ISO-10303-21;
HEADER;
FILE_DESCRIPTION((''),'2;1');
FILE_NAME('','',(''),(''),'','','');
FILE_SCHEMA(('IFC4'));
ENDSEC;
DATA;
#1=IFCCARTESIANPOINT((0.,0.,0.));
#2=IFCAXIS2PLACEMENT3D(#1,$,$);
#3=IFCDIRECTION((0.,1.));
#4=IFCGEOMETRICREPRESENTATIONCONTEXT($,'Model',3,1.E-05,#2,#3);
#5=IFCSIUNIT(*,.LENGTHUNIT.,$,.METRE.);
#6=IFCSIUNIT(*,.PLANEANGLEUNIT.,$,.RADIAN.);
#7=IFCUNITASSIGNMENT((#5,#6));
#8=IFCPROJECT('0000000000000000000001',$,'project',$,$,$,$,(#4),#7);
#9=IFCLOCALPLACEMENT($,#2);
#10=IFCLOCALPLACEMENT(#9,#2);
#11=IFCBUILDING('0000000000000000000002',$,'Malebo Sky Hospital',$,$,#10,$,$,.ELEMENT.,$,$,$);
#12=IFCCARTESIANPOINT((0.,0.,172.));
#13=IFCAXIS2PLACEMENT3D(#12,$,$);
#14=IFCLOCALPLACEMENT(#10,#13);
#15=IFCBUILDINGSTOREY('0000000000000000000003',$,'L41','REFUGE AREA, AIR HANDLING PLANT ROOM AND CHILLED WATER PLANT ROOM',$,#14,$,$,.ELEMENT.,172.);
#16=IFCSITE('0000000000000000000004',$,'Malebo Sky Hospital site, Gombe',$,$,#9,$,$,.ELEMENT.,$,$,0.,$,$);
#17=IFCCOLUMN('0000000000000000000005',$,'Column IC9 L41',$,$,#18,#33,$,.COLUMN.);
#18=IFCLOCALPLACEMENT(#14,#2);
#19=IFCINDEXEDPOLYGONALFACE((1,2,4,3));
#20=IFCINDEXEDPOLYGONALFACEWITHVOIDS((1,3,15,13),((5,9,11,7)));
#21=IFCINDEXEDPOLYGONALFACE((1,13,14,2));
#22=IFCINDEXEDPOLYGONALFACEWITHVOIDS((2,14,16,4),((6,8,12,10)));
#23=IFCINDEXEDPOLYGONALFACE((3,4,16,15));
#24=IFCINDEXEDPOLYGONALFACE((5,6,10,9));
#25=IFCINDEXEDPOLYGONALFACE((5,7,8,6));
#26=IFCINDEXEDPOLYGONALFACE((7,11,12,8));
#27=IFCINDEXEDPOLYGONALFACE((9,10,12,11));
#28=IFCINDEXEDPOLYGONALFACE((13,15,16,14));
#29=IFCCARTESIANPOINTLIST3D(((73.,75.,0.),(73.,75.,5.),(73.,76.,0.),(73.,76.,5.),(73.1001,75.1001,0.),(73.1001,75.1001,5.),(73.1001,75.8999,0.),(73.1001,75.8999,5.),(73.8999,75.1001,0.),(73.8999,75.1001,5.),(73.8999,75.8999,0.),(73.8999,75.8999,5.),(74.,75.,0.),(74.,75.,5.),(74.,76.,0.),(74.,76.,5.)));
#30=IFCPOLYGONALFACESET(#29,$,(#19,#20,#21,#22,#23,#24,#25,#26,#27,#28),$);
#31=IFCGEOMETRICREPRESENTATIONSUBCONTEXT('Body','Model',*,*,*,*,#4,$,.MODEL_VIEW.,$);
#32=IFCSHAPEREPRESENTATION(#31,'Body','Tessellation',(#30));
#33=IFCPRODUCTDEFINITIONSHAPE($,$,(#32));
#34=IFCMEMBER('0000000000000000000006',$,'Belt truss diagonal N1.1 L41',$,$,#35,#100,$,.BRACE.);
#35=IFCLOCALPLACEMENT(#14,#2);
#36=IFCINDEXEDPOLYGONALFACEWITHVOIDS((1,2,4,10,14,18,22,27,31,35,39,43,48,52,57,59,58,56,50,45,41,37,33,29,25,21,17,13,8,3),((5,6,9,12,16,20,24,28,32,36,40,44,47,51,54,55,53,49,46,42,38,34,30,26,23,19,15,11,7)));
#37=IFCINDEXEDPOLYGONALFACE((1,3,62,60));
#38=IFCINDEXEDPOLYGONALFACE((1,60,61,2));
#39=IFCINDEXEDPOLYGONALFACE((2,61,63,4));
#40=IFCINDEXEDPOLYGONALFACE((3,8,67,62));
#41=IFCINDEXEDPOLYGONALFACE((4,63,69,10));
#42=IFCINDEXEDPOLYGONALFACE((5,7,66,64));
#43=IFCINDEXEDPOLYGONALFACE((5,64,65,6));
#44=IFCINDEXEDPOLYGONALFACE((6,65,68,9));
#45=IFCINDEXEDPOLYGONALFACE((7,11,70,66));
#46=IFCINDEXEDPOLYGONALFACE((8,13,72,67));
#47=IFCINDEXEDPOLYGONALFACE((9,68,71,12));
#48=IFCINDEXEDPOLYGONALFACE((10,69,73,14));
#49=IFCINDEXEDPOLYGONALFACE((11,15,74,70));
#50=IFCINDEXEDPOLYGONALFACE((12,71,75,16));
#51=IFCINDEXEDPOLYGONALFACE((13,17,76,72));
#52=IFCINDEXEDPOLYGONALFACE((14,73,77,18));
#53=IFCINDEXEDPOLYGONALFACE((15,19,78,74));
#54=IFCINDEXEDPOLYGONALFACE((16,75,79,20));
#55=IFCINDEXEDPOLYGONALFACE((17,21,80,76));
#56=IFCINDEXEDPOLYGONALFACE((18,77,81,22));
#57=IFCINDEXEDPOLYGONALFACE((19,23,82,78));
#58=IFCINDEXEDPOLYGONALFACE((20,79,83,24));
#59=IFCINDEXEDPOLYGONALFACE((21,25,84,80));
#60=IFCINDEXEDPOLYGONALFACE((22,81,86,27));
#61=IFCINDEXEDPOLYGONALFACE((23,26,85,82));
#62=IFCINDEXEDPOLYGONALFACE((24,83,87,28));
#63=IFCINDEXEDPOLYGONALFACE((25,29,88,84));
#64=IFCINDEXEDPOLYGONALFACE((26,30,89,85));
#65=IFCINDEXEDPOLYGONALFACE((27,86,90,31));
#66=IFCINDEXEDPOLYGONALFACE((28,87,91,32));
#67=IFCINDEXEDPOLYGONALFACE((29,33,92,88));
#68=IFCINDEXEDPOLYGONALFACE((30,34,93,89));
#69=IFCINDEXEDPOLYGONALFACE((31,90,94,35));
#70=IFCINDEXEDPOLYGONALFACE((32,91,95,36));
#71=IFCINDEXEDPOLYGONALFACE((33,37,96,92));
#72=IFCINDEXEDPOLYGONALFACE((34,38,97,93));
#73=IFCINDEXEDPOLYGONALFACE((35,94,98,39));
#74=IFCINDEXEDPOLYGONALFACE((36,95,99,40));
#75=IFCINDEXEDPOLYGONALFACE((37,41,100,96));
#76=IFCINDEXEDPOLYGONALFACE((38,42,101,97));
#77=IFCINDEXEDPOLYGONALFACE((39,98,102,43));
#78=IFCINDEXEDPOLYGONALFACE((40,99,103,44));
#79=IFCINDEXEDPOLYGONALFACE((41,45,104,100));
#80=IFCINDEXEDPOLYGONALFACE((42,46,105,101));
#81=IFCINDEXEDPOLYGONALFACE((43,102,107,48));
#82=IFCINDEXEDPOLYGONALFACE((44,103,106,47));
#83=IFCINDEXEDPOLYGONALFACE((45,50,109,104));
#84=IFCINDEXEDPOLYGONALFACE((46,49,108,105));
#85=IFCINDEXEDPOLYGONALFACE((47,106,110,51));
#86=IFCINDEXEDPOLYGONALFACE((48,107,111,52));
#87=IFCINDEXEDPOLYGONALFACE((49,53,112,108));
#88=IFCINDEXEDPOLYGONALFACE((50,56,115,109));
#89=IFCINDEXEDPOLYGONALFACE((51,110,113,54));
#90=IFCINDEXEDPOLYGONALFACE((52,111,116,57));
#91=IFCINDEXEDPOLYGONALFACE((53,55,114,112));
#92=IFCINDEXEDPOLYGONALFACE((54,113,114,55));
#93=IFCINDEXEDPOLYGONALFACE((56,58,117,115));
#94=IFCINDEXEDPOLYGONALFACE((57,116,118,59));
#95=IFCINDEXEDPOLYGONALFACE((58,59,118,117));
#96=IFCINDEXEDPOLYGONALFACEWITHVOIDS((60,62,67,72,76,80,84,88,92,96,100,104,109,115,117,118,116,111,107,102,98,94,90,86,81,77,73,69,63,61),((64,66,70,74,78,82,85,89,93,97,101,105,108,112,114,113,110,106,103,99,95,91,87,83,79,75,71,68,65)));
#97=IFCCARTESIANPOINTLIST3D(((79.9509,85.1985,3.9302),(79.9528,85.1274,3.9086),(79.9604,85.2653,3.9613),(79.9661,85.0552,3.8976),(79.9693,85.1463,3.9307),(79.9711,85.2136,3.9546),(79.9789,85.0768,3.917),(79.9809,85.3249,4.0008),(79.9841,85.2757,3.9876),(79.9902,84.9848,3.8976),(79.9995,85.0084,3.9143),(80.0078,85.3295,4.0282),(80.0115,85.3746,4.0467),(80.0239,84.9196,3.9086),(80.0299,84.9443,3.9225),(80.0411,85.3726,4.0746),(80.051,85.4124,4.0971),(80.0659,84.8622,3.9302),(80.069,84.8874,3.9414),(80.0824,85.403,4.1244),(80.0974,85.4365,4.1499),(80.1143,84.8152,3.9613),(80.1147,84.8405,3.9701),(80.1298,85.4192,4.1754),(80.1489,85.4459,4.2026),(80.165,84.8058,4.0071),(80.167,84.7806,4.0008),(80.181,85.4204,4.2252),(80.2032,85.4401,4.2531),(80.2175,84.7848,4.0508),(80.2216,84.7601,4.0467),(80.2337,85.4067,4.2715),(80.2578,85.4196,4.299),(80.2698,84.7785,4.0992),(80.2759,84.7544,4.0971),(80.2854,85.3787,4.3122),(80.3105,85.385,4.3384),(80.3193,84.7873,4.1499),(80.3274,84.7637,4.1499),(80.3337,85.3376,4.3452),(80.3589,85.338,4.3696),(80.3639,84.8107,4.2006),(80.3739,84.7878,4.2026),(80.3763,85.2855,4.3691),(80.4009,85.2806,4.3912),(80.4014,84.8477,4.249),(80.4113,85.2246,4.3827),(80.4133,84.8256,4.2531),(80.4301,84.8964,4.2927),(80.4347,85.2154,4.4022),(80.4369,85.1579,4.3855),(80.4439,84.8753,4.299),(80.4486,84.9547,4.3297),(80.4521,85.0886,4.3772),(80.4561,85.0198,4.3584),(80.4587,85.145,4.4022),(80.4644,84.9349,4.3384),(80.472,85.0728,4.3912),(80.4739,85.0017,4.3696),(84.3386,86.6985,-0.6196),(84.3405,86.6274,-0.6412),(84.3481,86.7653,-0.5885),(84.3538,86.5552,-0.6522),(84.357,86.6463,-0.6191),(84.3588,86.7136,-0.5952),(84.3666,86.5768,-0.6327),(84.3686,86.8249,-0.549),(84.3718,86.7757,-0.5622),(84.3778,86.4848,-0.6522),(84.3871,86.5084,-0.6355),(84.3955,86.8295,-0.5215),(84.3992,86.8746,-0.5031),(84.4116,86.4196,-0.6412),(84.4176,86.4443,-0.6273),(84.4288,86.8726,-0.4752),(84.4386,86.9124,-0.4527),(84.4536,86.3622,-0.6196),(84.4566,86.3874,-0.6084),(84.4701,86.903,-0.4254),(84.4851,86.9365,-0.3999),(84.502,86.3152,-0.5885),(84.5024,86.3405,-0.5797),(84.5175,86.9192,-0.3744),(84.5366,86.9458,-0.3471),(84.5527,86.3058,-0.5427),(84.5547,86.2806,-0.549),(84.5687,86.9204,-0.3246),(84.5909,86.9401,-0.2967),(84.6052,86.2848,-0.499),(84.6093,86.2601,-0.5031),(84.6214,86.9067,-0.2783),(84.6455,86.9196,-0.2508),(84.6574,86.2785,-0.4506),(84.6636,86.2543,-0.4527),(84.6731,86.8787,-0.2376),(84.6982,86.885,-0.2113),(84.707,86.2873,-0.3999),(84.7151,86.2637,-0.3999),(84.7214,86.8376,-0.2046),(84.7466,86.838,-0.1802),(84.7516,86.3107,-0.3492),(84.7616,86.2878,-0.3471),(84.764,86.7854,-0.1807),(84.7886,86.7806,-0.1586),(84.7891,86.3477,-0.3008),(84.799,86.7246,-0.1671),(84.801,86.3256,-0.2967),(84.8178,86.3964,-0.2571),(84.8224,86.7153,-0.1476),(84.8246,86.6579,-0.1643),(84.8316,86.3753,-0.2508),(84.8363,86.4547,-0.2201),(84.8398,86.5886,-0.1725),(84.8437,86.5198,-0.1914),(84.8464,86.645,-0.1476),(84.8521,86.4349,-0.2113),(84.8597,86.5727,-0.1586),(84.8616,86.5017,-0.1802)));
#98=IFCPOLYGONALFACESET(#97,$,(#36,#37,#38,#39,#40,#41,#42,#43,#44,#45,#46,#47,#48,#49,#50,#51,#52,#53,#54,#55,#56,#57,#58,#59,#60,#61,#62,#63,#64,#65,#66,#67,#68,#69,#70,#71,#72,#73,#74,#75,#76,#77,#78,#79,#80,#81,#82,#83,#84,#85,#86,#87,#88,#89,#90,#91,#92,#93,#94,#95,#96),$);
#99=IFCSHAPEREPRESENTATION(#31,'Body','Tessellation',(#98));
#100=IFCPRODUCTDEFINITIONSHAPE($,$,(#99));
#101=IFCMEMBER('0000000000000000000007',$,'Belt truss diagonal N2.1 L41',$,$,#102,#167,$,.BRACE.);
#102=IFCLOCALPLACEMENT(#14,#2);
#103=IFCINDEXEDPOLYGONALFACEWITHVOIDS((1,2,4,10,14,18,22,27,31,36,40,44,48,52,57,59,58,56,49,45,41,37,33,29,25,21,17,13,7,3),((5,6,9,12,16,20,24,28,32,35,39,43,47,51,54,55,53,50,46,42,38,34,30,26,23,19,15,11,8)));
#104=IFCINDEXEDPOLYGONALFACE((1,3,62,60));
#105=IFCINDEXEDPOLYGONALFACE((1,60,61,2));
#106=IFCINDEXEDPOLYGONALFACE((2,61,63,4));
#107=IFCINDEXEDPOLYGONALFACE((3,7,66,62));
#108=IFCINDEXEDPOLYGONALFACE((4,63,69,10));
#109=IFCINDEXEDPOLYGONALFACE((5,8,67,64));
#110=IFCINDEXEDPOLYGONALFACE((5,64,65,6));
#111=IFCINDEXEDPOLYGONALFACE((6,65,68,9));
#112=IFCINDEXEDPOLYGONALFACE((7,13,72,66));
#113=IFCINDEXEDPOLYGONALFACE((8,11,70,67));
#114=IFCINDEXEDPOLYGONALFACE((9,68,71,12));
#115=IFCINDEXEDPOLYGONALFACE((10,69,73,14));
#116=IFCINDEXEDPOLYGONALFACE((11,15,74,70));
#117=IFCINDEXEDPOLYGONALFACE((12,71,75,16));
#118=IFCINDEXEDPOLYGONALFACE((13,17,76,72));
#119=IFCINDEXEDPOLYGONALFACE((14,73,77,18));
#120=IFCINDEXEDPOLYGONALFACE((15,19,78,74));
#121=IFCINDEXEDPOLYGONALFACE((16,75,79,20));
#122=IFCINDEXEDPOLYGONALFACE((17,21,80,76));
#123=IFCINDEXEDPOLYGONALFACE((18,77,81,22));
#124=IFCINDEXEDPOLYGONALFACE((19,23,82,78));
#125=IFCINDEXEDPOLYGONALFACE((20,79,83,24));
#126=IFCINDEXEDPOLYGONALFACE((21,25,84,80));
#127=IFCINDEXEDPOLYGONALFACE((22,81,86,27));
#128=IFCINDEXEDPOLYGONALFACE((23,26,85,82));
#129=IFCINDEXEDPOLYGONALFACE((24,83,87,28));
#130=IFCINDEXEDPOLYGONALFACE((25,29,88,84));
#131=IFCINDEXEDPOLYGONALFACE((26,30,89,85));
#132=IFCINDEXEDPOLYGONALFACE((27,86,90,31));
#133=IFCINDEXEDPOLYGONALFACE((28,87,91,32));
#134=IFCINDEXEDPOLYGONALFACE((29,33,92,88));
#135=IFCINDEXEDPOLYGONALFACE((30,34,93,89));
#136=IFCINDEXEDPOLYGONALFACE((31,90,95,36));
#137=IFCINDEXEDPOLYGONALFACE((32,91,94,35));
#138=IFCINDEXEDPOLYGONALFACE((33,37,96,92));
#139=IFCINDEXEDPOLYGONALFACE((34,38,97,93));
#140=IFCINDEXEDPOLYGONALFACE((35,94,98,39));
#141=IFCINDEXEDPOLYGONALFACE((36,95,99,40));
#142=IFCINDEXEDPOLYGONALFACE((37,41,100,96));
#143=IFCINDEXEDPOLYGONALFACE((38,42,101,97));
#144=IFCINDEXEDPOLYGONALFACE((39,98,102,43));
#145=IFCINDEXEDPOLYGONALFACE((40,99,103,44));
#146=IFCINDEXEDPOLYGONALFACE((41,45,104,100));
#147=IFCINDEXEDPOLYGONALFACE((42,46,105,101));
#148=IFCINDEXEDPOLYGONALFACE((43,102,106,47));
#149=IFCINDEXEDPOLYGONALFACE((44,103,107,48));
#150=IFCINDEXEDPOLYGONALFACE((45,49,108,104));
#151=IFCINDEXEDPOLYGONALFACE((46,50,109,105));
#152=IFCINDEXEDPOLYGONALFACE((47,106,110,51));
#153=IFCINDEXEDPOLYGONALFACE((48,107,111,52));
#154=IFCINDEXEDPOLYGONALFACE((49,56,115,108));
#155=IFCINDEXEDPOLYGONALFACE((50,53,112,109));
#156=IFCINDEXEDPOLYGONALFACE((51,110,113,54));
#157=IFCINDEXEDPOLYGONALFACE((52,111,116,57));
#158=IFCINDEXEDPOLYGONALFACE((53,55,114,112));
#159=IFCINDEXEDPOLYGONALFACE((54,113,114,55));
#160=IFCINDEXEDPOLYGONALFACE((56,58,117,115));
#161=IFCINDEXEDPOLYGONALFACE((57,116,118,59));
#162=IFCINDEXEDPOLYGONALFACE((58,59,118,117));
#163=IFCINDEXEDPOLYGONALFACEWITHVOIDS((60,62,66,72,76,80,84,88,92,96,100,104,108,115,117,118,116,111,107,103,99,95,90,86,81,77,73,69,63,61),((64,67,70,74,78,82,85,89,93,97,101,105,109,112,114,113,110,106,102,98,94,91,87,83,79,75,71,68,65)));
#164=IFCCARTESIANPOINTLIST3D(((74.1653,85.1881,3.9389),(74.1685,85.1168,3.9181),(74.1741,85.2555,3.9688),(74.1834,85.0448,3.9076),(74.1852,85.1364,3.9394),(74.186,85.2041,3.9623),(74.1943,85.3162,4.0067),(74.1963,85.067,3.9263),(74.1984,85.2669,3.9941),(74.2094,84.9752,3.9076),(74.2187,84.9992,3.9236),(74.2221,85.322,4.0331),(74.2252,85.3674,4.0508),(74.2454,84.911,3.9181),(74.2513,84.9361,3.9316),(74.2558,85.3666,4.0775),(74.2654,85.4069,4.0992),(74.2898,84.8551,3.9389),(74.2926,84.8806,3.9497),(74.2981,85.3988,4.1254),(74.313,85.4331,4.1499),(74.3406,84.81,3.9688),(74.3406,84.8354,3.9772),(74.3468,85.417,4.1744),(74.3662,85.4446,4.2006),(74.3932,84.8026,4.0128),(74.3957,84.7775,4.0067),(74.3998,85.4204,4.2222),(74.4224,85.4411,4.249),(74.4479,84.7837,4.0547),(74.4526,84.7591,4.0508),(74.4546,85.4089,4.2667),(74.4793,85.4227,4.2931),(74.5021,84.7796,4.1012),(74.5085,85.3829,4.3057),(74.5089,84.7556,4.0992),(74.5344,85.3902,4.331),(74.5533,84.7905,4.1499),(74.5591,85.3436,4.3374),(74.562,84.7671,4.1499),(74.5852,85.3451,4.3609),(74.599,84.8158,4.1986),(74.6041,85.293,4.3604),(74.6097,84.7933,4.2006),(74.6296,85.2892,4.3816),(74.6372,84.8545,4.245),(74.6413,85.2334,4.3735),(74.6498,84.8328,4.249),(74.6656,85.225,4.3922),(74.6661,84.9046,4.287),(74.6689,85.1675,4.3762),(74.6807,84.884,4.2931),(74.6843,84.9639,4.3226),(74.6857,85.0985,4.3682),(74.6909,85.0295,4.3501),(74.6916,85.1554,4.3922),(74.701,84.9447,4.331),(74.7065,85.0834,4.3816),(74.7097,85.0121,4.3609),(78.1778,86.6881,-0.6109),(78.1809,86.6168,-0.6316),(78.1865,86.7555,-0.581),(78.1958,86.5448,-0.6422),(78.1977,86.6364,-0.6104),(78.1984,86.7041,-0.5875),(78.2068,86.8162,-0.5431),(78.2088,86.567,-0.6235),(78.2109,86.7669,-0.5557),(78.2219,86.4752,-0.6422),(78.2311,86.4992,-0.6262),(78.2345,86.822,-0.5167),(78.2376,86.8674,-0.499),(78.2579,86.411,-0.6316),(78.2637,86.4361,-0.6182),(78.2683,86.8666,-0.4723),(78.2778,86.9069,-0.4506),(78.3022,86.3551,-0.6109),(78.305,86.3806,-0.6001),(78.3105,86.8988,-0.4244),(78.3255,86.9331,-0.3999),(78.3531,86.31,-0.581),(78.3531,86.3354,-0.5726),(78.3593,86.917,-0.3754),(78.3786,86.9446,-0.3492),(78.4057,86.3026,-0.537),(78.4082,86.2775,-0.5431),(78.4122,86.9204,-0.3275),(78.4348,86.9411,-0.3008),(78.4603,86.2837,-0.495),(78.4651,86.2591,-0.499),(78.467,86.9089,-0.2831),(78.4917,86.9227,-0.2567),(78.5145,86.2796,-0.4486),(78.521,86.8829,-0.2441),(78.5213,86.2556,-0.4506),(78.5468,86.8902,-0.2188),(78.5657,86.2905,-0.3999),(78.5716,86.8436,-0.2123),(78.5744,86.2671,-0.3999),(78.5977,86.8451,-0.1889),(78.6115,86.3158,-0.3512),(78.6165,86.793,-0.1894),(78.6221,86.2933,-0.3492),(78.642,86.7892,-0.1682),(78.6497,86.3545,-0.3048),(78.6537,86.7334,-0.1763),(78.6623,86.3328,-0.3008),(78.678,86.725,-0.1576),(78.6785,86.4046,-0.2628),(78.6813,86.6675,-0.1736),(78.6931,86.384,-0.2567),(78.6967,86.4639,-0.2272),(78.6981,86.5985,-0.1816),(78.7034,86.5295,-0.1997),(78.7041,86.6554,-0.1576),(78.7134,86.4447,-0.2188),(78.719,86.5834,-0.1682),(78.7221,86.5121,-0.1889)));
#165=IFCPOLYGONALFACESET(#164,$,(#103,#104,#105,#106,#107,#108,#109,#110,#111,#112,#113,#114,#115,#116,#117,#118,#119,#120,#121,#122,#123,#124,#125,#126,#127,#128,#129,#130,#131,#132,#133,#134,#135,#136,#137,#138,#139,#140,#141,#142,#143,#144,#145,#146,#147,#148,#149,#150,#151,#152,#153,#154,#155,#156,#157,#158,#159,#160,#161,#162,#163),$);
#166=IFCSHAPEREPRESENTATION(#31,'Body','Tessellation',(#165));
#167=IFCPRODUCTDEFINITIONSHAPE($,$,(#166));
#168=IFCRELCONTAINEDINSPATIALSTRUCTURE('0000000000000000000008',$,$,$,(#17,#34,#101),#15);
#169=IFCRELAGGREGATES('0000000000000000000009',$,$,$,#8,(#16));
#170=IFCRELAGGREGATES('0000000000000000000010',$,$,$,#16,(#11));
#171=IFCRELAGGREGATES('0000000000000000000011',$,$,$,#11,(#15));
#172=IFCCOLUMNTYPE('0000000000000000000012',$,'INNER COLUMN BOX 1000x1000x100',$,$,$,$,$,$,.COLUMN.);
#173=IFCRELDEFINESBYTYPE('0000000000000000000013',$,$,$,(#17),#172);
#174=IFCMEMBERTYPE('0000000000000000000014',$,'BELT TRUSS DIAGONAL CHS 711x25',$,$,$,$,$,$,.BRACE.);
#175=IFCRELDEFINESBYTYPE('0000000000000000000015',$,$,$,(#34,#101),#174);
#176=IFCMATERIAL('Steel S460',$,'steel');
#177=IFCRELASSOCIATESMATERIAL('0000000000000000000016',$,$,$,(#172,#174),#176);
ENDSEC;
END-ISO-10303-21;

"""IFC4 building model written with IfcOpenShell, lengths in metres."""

from ifc_helpers import new_model, si_unit, direction, frame, origin, origin_2d, place, context, subcontext, project, spatial, hollow_rectangle, hollow_circle, extrude, material, material_profile, profile_set, type_object, element, save


model = new_model("IFC4")

# Units and contexts
model_context = context("Model", 3, precision=1e-05, world=origin(), true_north=direction((0.0, 1.0)))
body_context = subcontext(model_context, "Body", "Model", "MODEL_VIEW")
ifc_project = project(units=[si_unit("LENGTHUNIT", "METRE"), si_unit("PLANEANGLEUNIT", "RADIAN")], contexts=[model_context])

# Site, building, storey
site_placement = place(None, origin())
site = spatial("IfcSite", under=ifc_project, at=site_placement, Name="Malebo Sky Hospital site, Gombe", CompositionType="ELEMENT", RefElevation=0.0)
building_placement = place(site_placement, origin())
building = spatial("IfcBuilding", under=site, at=building_placement, Name="Malebo Sky Hospital", CompositionType="ELEMENT")
storey_placement = place(building_placement, frame((0.0, 0.0, 172.0)))
storey = spatial("IfcBuildingStorey", under=building, at=storey_placement, Name="L41", Description="REFUGE AREA, AIR HANDLING PLANT ROOM AND CHILLED WATER PLANT ROOM", CompositionType="ELEMENT", Elevation=172.0)

# Column
ifc_material_1 = material(Name="Steel S460", Category="steel")
ifc_material_profile_1 = material_profile(ifc_material_1, hollow_rectangle(XDim=1.0, YDim=1.0, WallThickness=0.1001, at=origin_2d()), Name="BOX 1000x1000x100")
ifc_profile_set_1 = profile_set([ifc_material_profile_1], Name="Steel S460")
column_type = type_object("IfcColumnType", Name="INNER COLUMN BOX 1000x1000x100", PredefinedType="COLUMN", material=ifc_profile_set_1)
column_placement = place(storey_placement, frame((73.5, 75.5, 0.0), z_axis=(0.0, 0.0, 1.0), x_axis=(1.0, 0.0, 0.0)))
element("IfcColumn", 1, at=column_placement, inside=storey, type_object=column_type, Name="Column IC9 L41", PredefinedType="COLUMN", context=body_context, shape_type="SweptSolid", body=[
    extrude(hollow_rectangle(XDim=1.0, YDim=1.0, WallThickness=0.1001, at=origin_2d()), origin(), (0.0, 0.0, 1.0), 5.0),
])

# Members
ifc_material_profile_2 = material_profile(ifc_material_1, hollow_circle(Radius=0.3555, WallThickness=0.0249, at=origin_2d()), Name="CHS 711x25")
ifc_profile_set_2 = profile_set([ifc_material_profile_2], Name="Steel S460")
member_type_1 = type_object("IfcMemberType", Name="BELT TRUSS DIAGONAL CHS 711x25", PredefinedType="BRACE", material=ifc_profile_set_2)
member_1_placement = place(storey_placement, frame((84.6001, 86.6001, -0.3999), z_axis=(-0.675409, -0.230899, 0.700363), x_axis=(0.323484, -0.946234, 0.0)))
element("IfcMember", 2, at=member_1_placement, inside=storey, type_object=member_type_1, Name="Belt truss diagonal N1.1 L41", PredefinedType="BRACE", context=body_context, shape_type="SweptSolid", body=[
    extrude(hollow_circle(Radius=0.3555, WallThickness=0.0249, at=origin_2d()), origin(), (0.0, 0.0, 1.0), 6.4963),
])
member_2_placement = place(storey_placement, frame((78.45, 86.6001, -0.3999), z_axis=(-0.642091, -0.240037, 0.728081), x_axis=(0.350168, -0.936687, 0.0)))
element("IfcMember", 3, at=member_2_placement, inside=storey, type_object=member_type_1, Name="Belt truss diagonal N2.1 L41", PredefinedType="BRACE", context=body_context, shape_type="SweptSolid", body=[
    extrude(hollow_circle(Radius=0.3555, WallThickness=0.0249, at=origin_2d()), origin(), (0.0, 0.0, 1.0), 6.249),
])

save(model, "model.ifc")
